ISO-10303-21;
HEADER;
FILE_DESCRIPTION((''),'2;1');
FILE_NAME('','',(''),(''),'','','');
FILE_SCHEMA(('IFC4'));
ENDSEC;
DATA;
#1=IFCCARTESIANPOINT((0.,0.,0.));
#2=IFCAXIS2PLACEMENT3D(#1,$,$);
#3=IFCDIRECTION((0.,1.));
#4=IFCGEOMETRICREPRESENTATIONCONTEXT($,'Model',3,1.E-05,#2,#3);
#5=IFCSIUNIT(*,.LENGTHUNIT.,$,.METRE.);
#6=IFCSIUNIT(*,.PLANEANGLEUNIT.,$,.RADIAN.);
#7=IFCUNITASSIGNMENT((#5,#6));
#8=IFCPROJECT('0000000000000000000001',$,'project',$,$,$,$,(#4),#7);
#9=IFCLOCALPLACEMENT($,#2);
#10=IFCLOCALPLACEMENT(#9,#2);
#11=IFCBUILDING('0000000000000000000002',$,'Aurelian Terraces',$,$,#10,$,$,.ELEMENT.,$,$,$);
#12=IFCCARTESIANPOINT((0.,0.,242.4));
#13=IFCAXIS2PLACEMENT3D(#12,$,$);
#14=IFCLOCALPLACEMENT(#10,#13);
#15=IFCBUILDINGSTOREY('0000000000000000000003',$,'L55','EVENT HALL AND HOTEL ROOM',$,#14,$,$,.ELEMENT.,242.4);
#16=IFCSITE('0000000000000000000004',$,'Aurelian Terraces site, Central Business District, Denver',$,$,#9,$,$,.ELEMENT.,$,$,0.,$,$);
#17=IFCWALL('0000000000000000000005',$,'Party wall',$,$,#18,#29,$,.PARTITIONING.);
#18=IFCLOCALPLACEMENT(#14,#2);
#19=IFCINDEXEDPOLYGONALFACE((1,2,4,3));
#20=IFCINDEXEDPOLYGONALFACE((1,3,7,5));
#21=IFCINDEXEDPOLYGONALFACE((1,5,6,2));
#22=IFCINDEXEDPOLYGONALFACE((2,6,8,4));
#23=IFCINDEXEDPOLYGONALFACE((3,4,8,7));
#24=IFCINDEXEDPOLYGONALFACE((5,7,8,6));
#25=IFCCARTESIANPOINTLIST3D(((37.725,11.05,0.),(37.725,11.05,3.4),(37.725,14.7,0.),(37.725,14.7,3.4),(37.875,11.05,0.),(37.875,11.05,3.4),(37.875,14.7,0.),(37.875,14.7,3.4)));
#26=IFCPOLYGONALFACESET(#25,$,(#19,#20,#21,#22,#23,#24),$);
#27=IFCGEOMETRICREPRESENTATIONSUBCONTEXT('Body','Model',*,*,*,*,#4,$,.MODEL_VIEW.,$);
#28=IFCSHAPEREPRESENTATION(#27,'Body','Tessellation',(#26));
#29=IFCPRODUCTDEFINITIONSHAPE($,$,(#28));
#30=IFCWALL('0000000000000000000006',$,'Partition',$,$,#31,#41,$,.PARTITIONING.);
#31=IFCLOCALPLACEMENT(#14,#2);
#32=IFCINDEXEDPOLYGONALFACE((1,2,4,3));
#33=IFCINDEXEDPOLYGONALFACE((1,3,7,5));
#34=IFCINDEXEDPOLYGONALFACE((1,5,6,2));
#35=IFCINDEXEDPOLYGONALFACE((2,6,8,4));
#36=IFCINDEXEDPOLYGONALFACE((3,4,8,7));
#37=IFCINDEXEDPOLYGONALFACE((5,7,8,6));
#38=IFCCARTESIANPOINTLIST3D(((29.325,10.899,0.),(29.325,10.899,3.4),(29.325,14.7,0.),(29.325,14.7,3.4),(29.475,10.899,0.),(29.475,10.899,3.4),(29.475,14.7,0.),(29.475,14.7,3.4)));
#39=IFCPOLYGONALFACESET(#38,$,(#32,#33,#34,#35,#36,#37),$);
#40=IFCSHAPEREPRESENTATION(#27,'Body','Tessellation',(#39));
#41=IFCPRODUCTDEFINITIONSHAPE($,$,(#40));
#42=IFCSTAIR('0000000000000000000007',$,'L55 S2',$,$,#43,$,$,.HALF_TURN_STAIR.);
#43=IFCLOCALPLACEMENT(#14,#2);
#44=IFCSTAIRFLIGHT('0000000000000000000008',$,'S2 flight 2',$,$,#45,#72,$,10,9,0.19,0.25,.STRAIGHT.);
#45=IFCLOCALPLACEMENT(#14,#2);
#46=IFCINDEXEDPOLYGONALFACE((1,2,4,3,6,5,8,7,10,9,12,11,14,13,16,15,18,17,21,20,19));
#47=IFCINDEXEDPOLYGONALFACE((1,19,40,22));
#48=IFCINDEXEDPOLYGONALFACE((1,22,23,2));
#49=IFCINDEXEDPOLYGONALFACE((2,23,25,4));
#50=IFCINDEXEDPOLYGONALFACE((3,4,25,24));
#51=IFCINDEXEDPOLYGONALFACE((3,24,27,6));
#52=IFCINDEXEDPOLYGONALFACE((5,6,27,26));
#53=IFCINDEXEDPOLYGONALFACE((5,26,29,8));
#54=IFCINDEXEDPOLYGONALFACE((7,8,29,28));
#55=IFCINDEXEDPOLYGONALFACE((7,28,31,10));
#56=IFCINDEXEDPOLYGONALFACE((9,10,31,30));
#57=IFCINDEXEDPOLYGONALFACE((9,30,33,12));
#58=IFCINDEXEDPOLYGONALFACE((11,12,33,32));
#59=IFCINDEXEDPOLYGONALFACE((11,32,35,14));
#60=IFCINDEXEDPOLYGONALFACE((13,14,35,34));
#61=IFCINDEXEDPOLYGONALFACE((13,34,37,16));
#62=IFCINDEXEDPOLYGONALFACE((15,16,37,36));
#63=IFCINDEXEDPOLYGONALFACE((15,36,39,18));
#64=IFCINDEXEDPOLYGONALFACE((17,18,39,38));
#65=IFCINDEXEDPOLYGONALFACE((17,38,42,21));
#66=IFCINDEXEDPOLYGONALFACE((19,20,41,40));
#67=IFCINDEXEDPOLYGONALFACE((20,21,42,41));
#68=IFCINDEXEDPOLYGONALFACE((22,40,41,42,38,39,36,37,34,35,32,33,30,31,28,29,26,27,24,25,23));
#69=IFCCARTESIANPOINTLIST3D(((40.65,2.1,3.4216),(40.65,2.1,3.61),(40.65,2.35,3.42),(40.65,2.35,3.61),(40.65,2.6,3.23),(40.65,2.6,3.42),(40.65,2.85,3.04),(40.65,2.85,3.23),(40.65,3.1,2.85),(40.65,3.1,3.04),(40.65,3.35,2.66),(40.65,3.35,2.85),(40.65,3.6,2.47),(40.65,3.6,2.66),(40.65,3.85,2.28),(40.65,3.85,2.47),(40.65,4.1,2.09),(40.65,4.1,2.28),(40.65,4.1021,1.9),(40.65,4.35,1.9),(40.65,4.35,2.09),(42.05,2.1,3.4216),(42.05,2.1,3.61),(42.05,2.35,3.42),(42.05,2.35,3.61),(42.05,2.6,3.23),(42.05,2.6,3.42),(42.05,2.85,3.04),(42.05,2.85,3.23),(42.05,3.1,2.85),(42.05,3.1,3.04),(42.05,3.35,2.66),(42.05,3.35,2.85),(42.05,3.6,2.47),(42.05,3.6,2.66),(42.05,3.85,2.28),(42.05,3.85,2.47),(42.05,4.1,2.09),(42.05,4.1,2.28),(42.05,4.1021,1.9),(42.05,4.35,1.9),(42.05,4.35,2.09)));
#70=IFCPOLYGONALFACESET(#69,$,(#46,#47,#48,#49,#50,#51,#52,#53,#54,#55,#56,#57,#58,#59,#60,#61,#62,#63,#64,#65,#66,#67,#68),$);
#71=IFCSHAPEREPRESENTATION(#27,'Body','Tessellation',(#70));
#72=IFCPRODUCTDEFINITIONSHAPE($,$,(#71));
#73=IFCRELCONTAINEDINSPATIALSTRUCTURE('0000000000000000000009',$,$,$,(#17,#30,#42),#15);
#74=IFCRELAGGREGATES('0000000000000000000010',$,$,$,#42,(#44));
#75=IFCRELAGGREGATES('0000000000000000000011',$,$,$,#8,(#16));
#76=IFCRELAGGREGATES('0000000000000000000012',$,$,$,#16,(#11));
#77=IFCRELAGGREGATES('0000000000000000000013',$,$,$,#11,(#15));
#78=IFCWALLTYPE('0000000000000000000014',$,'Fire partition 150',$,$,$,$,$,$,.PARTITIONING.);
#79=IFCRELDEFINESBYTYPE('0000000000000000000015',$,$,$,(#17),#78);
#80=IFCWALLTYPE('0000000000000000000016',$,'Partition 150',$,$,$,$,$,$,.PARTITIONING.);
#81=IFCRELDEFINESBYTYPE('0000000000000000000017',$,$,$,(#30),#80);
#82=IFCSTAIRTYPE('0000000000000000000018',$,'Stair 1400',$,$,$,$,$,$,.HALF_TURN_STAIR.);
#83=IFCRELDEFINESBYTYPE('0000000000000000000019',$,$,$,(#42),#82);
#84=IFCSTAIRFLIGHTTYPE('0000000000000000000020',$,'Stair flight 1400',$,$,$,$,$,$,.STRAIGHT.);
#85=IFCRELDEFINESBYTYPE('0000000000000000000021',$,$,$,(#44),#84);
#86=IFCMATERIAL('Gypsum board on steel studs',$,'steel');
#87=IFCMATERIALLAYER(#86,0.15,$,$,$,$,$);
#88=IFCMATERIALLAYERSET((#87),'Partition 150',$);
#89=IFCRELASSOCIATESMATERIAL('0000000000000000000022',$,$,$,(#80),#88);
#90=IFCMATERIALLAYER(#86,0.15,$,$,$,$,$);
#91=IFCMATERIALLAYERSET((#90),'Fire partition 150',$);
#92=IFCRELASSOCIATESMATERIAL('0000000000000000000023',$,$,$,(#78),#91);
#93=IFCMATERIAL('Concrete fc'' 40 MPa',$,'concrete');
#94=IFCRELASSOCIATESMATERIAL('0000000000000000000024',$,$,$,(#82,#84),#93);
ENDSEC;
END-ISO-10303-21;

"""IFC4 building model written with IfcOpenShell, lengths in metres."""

from ifc_helpers import new_model, si_unit, direction, frame, frame_2d, origin, place, context, subcontext, project, spatial, polyline, rectangle, outline, extrude, source, transform, mapped, material, layer, layer_set, type_object, element, aggregate, save


model = new_model("IFC4")

# Units and contexts
model_context = context("Model", 3, precision=1e-05, world=origin(), true_north=direction((0.0, 1.0)))
body_context = subcontext(model_context, "Body", "Model", "MODEL_VIEW")
ifc_project = project(units=[si_unit("LENGTHUNIT", "METRE"), si_unit("PLANEANGLEUNIT", "RADIAN")], contexts=[model_context])

# Site, building, storey
site_placement = place(None, origin())
site = spatial("IfcSite", under=ifc_project, at=site_placement, Name="Aurelian Terraces site, Central Business District, Denver", CompositionType="ELEMENT", RefElevation=0.0)
building_placement = place(site_placement, origin())
building = spatial("IfcBuilding", under=site, at=building_placement, Name="Aurelian Terraces", CompositionType="ELEMENT")
storey_placement = place(building_placement, frame((0.0, 0.0, 242.4)))
storey = spatial("IfcBuildingStorey", under=building, at=storey_placement, Name="L55", Description="EVENT HALL AND HOTEL ROOM", CompositionType="ELEMENT", Elevation=242.4)

# Shared definitions
ifc_material_1 = material(Name="Concrete fc' 40 MPa", Category="concrete")

# Shared definitions
ifc_material_2 = material(Name="Gypsum board on steel studs", Category="steel")

# Shared definitions
ifc_layer_1 = layer(ifc_material_2, 0.15)
ifc_layer_set_1 = layer_set([ifc_layer_1], Name="Partition 150")
wall_type_1 = type_object("IfcWallType", Name="Partition 150", PredefinedType="PARTITIONING", material=ifc_layer_set_1)

# Shared definitions
ifc_layer_2 = layer(ifc_material_2, 0.15)
ifc_layer_set_2 = layer_set([ifc_layer_2], Name="Fire partition 150")
wall_type_2 = type_object("IfcWallType", Name="Fire partition 150", PredefinedType="PARTITIONING", material=ifc_layer_set_2)

# Walls
shared_shape_1 = source(origin(), body_context, "Body", "SweptSolid", [
    extrude(rectangle(XDim=3.65, YDim=0.15, at=frame_2d((1.825, 0.0))), origin(), (0.0, 0.0, 1.0), 3.4),
])
wall_1_placement = place(storey_placement, frame((37.8, 11.05, 0.0), z_axis=(0.0, 0.0, 1.0), x_axis=(0.0, 1.0, 0.0)))
element("IfcWall", 1, at=wall_1_placement, inside=storey, type_object=wall_type_2, Name="Party wall", PredefinedType="PARTITIONING", context=body_context, shape_type="MappedRepresentation", body=[
    mapped(shared_shape_1, transform((0.0, 0.0, 0.0), scale=1.0)),
])
shared_shape_2 = source(origin(), body_context, "Body", "SweptSolid", [
    extrude(rectangle(XDim=3.801, YDim=0.15, at=frame_2d((1.9005, 0.0))), origin(), (0.0, 0.0, 1.0), 3.4),
])
wall_2_placement = place(storey_placement, frame((29.4, 10.899, 0.0), z_axis=(0.0, 0.0, 1.0), x_axis=(0.0, 1.0, 0.0)))
element("IfcWall", 2, at=wall_2_placement, inside=storey, type_object=wall_type_1, Name="Partition", PredefinedType="PARTITIONING", context=body_context, shape_type="MappedRepresentation", body=[
    mapped(shared_shape_2, transform((0.0, 0.0, 0.0), scale=1.0)),
])

# Stair, stair flight
stair_type = type_object("IfcStairType", Name="Stair 1400", PredefinedType="HALF_TURN_STAIR", material=ifc_material_1)
stair_placement = place(storey_placement, origin())
stair = element("IfcStair", 3, at=stair_placement, inside=storey, type_object=stair_type, Name="L55 S2", PredefinedType="HALF_TURN_STAIR")
stair_flight_type = type_object("IfcStairFlightType", Name="Stair flight 1400", PredefinedType="STRAIGHT", material=ifc_material_1)
shared_shape_3 = source(origin(), body_context, "Body", "SweptSolid", [
    extrude(outline(polyline([(0.0, 0.0), (0.0, 0.19), (0.25, 0.19), (0.25, 0.38), (0.5, 0.38), (0.5, 0.57), (0.75, 0.57), (0.75, 0.76), (1.0, 0.76), (1.0, 0.95), (1.25, 0.95), (1.25, 1.14), (1.5, 1.14), (1.5, 1.33), (1.75, 1.33), (1.75, 1.52), (2.0, 1.52), (2.0, 1.71), (2.25, 1.71), (2.25, 1.9), (2.25, 1.5216), (0.2479, 0.0), (0.0, 0.0)])), frame((0.0, 0.7, 0.0), z_axis=(0.0, -1.0, 0.0), x_axis=(1.0, 0.0, 0.0)), (0.0, 0.0, 1.0), 1.4),
])
stair_flight_placement = place(storey_placement, frame((41.35, 4.35, 1.9), z_axis=(0.0, 0.0, 1.0), x_axis=(0.0, -1.0, 0.0)))
stair_flight = element("IfcStairFlight", 4, at=stair_flight_placement, type_object=stair_flight_type, Name="S2 flight 2", NumberOfRisers=10, NumberOfTreads=9, PredefinedType="STRAIGHT", RiserHeight=0.19, TreadLength=0.25, context=body_context, shape_type="MappedRepresentation", body=[
    mapped(shared_shape_3, transform((0.0, 0.0, 0.0), scale=1.0)),
])
aggregate(stair, [stair_flight])

save(model, "model.ifc")
